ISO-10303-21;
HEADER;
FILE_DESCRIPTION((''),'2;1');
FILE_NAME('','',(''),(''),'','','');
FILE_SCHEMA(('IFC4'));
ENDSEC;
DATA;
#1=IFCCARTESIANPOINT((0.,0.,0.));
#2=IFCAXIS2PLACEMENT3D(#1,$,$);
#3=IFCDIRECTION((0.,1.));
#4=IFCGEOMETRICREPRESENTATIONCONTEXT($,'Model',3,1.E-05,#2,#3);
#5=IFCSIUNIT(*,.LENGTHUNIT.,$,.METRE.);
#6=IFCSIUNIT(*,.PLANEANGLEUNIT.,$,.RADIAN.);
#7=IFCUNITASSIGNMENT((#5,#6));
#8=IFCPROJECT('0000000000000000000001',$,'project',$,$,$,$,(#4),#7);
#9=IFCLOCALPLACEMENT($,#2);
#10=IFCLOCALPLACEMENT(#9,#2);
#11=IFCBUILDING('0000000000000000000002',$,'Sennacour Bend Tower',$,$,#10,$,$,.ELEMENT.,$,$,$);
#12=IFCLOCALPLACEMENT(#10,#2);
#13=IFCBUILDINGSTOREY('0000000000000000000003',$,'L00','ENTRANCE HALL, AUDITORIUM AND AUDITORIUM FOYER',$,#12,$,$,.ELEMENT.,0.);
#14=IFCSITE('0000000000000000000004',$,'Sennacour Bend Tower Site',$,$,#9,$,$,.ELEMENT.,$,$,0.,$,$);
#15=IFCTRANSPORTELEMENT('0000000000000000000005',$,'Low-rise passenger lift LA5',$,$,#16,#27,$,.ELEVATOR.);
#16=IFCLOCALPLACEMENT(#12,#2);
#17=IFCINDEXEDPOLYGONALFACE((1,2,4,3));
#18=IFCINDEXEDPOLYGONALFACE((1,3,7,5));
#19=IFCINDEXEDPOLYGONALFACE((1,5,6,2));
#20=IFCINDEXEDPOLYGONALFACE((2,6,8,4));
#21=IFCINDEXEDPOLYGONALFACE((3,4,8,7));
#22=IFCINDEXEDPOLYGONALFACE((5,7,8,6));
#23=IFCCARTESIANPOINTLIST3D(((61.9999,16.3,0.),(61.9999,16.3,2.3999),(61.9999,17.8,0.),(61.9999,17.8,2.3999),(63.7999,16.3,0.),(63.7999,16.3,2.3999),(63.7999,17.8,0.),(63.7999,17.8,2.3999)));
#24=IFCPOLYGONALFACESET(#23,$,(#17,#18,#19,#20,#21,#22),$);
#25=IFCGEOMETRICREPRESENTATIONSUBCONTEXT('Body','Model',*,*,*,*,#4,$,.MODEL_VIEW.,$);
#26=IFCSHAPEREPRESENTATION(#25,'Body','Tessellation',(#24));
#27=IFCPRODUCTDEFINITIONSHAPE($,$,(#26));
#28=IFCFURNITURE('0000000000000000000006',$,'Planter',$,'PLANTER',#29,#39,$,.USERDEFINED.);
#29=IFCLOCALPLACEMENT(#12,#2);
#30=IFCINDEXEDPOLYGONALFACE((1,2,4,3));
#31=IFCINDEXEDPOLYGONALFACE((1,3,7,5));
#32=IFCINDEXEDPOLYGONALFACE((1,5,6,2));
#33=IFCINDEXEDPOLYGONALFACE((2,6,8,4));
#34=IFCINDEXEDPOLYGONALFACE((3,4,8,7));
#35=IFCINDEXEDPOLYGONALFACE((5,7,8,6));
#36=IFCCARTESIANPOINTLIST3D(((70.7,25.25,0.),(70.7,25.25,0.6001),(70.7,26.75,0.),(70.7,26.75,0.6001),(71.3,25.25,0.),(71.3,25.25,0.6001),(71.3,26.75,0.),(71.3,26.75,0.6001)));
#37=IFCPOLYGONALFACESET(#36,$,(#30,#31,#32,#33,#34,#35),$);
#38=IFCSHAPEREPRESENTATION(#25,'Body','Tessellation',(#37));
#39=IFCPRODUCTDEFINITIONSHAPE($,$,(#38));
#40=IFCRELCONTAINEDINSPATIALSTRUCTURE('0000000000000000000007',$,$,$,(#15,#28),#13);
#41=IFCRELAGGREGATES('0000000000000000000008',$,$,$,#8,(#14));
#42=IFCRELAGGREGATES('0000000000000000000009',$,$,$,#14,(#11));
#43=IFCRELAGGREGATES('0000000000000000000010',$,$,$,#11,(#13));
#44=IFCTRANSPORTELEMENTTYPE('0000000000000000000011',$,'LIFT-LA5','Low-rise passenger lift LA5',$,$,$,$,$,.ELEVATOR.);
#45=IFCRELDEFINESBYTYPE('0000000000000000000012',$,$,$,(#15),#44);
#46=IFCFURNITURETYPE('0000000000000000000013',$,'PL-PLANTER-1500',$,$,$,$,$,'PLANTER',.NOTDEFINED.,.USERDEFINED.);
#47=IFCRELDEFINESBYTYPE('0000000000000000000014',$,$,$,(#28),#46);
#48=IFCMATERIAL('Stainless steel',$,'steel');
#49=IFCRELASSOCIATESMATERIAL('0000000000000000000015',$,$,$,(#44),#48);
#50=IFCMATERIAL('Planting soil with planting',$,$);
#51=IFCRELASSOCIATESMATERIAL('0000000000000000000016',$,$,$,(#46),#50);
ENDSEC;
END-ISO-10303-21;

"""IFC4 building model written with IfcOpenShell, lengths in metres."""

from ifc_helpers import new_model, si_unit, direction, frame, origin, origin_2d, place, context, subcontext, project, spatial, rectangle, extrude, material, type_object, element, save


model = new_model("IFC4")

# Units and contexts
model_context = context("Model", 3, precision=1e-05, world=origin(), true_north=direction((0.0, 1.0)))
body_context = subcontext(model_context, "Body", "Model", "MODEL_VIEW")
ifc_project = project(units=[si_unit("LENGTHUNIT", "METRE"), si_unit("PLANEANGLEUNIT", "RADIAN")], contexts=[model_context])

# Site, building, storey
site_placement = place(None, origin())
site = spatial("IfcSite", under=ifc_project, at=site_placement, Name="Sennacour Bend Tower Site", CompositionType="ELEMENT", RefElevation=0.0)
building_placement = place(site_placement, origin())
building = spatial("IfcBuilding", under=site, at=building_placement, Name="Sennacour Bend Tower", CompositionType="ELEMENT")
storey_placement = place(building_placement, origin())
storey = spatial("IfcBuildingStorey", under=building, at=storey_placement, Name="L00", Description="ENTRANCE HALL, AUDITORIUM AND AUDITORIUM FOYER", CompositionType="ELEMENT", Elevation=0.0)

# Shared definitions
ifc_material_1 = material(Name="Stainless steel", Category="steel")

# Transport element
transport_element_type = type_object("IfcTransportElementType", Name="LIFT-LA5", Description="Low-rise passenger lift LA5", PredefinedType="ELEVATOR", material=ifc_material_1)
transport_element_placement = place(storey_placement, frame((62.8999, 17.05, 0.0), z_axis=(0.0, 0.0, 1.0), x_axis=(1.0, 0.0, 0.0)))
element("IfcTransportElement", 1, at=transport_element_placement, inside=storey, type_object=transport_element_type, Name="Low-rise passenger lift LA5", PredefinedType="ELEVATOR", context=body_context, shape_type="SweptSolid", body=[
    extrude(rectangle(XDim=1.8, YDim=1.5, at=origin_2d()), origin(), (0.0, 0.0, 1.0), 2.3999),
])

# Furniture
ifc_material_2 = material(Name="Planting soil with planting")
furniture_type = type_object("IfcFurnitureType", Name="PL-PLANTER-1500", ElementType="PLANTER", AssemblyPlace="NOTDEFINED", PredefinedType="USERDEFINED", material=ifc_material_2)
furniture_placement = place(storey_placement, frame((71.0, 26.0, 0.0), z_axis=(0.0, 0.0, 1.0), x_axis=(1.0, 0.0, 0.0)))
element("IfcFurniture", 2, at=furniture_placement, inside=storey, type_object=furniture_type, Name="Planter", ObjectType="PLANTER", PredefinedType="USERDEFINED", context=body_context, shape_type="SweptSolid", body=[
    extrude(rectangle(XDim=0.6001, YDim=1.5, at=origin_2d()), origin(), (0.0, 0.0, 1.0), 0.6001),
])

save(model, "model.ifc")
